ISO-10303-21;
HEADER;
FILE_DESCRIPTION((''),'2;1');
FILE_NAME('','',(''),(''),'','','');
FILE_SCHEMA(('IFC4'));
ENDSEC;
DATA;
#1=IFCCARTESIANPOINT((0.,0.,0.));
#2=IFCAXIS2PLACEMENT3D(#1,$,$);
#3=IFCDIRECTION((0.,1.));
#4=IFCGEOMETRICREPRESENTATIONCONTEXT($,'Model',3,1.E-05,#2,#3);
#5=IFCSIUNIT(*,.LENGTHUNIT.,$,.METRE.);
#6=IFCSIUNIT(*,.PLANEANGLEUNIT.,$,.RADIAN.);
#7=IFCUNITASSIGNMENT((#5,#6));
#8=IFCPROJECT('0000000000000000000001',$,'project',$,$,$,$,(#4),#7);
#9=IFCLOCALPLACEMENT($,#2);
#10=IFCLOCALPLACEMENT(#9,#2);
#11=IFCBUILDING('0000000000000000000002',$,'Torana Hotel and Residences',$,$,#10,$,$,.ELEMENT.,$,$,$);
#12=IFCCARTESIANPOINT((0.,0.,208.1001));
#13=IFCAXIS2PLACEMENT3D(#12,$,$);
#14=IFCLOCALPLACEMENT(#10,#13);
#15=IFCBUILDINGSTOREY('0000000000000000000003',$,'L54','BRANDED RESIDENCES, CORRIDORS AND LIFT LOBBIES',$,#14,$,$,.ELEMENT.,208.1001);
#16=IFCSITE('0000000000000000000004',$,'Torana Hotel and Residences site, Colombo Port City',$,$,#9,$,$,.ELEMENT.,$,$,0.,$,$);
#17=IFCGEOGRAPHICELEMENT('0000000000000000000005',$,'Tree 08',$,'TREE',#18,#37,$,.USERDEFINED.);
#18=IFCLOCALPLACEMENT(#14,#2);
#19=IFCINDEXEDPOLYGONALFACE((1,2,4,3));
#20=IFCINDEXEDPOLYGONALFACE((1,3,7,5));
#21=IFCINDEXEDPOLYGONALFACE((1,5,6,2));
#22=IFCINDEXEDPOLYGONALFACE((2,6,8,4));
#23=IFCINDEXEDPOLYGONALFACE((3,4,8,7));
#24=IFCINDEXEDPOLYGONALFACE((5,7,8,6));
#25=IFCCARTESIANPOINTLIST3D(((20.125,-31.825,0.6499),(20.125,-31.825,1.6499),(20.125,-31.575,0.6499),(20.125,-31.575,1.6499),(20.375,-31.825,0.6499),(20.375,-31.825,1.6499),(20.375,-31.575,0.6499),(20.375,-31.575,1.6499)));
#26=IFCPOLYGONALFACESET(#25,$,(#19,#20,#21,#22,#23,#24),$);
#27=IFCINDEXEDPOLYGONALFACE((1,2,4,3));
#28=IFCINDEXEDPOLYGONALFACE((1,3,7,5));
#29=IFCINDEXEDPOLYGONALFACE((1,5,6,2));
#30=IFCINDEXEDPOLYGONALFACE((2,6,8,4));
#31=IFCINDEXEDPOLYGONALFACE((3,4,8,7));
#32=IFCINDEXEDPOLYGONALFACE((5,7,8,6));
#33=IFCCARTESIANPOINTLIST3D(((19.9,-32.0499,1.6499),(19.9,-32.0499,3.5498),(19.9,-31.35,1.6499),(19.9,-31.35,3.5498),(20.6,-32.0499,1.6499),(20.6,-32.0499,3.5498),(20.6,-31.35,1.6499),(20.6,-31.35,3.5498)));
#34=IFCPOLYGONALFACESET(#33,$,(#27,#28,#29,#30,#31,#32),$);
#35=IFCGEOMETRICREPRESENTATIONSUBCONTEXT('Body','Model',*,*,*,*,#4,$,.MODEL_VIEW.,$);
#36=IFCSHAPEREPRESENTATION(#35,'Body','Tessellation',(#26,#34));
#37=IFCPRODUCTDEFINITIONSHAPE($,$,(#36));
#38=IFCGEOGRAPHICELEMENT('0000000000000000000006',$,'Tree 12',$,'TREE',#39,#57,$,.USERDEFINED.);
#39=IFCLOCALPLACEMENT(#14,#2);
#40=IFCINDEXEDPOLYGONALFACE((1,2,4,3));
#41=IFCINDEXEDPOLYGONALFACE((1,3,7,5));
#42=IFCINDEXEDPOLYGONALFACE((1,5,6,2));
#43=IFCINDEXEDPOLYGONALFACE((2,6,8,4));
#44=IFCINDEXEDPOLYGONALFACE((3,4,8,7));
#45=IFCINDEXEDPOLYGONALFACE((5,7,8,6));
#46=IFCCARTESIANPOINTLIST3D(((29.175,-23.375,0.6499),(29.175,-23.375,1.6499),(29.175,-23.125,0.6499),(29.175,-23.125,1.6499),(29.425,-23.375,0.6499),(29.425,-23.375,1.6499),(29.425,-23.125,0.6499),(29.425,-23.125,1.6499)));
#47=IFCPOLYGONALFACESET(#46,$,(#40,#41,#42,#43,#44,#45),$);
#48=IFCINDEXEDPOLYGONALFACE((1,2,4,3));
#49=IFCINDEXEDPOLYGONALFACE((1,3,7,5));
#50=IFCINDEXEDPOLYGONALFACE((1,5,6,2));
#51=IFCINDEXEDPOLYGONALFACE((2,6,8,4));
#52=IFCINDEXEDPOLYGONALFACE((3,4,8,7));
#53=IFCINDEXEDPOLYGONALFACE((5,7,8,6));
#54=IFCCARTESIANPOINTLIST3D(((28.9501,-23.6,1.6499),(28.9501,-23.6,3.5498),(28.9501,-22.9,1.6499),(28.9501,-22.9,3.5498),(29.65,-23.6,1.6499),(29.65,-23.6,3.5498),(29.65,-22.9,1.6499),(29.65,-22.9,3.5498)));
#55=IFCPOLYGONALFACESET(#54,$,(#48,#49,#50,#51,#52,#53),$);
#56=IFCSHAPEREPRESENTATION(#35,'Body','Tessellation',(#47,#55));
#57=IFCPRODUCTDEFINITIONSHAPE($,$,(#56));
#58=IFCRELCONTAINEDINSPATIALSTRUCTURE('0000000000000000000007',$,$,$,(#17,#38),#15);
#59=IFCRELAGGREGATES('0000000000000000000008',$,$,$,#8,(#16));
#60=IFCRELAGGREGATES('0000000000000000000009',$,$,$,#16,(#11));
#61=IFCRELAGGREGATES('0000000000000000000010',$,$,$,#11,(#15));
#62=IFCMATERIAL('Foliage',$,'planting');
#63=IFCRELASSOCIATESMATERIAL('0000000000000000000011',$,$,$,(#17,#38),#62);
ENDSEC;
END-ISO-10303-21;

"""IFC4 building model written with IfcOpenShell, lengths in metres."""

from ifc_helpers import new_model, si_unit, direction, frame, origin, origin_2d, place, context, subcontext, project, spatial, rectangle, extrude, material, element, save


model = new_model("IFC4")

# Units and contexts
model_context = context("Model", 3, precision=1e-05, world=origin(), true_north=direction((0.0, 1.0)))
body_context = subcontext(model_context, "Body", "Model", "MODEL_VIEW")
ifc_project = project(units=[si_unit("LENGTHUNIT", "METRE"), si_unit("PLANEANGLEUNIT", "RADIAN")], contexts=[model_context])

# Site, building, storey
site_placement = place(None, origin())
site = spatial("IfcSite", under=ifc_project, at=site_placement, Name="Torana Hotel and Residences site, Colombo Port City", CompositionType="ELEMENT", RefElevation=0.0)
building_placement = place(site_placement, origin())
building = spatial("IfcBuilding", under=site, at=building_placement, Name="Torana Hotel and Residences", CompositionType="ELEMENT")
storey_placement = place(building_placement, frame((0.0, 0.0, 208.1001)))
storey = spatial("IfcBuildingStorey", under=building, at=storey_placement, Name="L54", Description="BRANDED RESIDENCES, CORRIDORS AND LIFT LOBBIES", CompositionType="ELEMENT", Elevation=208.1001)

# Geographic elements
ifc_material_1 = material(Name="Foliage", Category="planting")
for number, where, z_axis, x_axis, name in (
    (1, (20.25, -31.7, 0.6499), (0.0, 0.0, 1.0), (1.0, 0.0, 0.0), "Tree 08"),
    (2, (29.3, -23.25, 0.6499), (0.0, 0.0, 1.0), (1.0, 0.0, 0.0), "Tree 12"),
):
    element("IfcGeographicElement", number, at=place(storey_placement, frame(where, z_axis=z_axis, x_axis=x_axis)), inside=storey, material=ifc_material_1, Name=name, ObjectType="TREE", PredefinedType="USERDEFINED", context=body_context, shape_type="SweptSolid", body=[
        extrude(rectangle(XDim=0.25, YDim=0.25, at=origin_2d()), origin(), (0.0, 0.0, 1.0), 1.0),
        extrude(rectangle(XDim=0.7, YDim=0.7, at=origin_2d()), frame((0.0, 0.0, 1.0)), (0.0, 0.0, 1.0), 1.8999),
    ])

save(model, "model.ifc")
